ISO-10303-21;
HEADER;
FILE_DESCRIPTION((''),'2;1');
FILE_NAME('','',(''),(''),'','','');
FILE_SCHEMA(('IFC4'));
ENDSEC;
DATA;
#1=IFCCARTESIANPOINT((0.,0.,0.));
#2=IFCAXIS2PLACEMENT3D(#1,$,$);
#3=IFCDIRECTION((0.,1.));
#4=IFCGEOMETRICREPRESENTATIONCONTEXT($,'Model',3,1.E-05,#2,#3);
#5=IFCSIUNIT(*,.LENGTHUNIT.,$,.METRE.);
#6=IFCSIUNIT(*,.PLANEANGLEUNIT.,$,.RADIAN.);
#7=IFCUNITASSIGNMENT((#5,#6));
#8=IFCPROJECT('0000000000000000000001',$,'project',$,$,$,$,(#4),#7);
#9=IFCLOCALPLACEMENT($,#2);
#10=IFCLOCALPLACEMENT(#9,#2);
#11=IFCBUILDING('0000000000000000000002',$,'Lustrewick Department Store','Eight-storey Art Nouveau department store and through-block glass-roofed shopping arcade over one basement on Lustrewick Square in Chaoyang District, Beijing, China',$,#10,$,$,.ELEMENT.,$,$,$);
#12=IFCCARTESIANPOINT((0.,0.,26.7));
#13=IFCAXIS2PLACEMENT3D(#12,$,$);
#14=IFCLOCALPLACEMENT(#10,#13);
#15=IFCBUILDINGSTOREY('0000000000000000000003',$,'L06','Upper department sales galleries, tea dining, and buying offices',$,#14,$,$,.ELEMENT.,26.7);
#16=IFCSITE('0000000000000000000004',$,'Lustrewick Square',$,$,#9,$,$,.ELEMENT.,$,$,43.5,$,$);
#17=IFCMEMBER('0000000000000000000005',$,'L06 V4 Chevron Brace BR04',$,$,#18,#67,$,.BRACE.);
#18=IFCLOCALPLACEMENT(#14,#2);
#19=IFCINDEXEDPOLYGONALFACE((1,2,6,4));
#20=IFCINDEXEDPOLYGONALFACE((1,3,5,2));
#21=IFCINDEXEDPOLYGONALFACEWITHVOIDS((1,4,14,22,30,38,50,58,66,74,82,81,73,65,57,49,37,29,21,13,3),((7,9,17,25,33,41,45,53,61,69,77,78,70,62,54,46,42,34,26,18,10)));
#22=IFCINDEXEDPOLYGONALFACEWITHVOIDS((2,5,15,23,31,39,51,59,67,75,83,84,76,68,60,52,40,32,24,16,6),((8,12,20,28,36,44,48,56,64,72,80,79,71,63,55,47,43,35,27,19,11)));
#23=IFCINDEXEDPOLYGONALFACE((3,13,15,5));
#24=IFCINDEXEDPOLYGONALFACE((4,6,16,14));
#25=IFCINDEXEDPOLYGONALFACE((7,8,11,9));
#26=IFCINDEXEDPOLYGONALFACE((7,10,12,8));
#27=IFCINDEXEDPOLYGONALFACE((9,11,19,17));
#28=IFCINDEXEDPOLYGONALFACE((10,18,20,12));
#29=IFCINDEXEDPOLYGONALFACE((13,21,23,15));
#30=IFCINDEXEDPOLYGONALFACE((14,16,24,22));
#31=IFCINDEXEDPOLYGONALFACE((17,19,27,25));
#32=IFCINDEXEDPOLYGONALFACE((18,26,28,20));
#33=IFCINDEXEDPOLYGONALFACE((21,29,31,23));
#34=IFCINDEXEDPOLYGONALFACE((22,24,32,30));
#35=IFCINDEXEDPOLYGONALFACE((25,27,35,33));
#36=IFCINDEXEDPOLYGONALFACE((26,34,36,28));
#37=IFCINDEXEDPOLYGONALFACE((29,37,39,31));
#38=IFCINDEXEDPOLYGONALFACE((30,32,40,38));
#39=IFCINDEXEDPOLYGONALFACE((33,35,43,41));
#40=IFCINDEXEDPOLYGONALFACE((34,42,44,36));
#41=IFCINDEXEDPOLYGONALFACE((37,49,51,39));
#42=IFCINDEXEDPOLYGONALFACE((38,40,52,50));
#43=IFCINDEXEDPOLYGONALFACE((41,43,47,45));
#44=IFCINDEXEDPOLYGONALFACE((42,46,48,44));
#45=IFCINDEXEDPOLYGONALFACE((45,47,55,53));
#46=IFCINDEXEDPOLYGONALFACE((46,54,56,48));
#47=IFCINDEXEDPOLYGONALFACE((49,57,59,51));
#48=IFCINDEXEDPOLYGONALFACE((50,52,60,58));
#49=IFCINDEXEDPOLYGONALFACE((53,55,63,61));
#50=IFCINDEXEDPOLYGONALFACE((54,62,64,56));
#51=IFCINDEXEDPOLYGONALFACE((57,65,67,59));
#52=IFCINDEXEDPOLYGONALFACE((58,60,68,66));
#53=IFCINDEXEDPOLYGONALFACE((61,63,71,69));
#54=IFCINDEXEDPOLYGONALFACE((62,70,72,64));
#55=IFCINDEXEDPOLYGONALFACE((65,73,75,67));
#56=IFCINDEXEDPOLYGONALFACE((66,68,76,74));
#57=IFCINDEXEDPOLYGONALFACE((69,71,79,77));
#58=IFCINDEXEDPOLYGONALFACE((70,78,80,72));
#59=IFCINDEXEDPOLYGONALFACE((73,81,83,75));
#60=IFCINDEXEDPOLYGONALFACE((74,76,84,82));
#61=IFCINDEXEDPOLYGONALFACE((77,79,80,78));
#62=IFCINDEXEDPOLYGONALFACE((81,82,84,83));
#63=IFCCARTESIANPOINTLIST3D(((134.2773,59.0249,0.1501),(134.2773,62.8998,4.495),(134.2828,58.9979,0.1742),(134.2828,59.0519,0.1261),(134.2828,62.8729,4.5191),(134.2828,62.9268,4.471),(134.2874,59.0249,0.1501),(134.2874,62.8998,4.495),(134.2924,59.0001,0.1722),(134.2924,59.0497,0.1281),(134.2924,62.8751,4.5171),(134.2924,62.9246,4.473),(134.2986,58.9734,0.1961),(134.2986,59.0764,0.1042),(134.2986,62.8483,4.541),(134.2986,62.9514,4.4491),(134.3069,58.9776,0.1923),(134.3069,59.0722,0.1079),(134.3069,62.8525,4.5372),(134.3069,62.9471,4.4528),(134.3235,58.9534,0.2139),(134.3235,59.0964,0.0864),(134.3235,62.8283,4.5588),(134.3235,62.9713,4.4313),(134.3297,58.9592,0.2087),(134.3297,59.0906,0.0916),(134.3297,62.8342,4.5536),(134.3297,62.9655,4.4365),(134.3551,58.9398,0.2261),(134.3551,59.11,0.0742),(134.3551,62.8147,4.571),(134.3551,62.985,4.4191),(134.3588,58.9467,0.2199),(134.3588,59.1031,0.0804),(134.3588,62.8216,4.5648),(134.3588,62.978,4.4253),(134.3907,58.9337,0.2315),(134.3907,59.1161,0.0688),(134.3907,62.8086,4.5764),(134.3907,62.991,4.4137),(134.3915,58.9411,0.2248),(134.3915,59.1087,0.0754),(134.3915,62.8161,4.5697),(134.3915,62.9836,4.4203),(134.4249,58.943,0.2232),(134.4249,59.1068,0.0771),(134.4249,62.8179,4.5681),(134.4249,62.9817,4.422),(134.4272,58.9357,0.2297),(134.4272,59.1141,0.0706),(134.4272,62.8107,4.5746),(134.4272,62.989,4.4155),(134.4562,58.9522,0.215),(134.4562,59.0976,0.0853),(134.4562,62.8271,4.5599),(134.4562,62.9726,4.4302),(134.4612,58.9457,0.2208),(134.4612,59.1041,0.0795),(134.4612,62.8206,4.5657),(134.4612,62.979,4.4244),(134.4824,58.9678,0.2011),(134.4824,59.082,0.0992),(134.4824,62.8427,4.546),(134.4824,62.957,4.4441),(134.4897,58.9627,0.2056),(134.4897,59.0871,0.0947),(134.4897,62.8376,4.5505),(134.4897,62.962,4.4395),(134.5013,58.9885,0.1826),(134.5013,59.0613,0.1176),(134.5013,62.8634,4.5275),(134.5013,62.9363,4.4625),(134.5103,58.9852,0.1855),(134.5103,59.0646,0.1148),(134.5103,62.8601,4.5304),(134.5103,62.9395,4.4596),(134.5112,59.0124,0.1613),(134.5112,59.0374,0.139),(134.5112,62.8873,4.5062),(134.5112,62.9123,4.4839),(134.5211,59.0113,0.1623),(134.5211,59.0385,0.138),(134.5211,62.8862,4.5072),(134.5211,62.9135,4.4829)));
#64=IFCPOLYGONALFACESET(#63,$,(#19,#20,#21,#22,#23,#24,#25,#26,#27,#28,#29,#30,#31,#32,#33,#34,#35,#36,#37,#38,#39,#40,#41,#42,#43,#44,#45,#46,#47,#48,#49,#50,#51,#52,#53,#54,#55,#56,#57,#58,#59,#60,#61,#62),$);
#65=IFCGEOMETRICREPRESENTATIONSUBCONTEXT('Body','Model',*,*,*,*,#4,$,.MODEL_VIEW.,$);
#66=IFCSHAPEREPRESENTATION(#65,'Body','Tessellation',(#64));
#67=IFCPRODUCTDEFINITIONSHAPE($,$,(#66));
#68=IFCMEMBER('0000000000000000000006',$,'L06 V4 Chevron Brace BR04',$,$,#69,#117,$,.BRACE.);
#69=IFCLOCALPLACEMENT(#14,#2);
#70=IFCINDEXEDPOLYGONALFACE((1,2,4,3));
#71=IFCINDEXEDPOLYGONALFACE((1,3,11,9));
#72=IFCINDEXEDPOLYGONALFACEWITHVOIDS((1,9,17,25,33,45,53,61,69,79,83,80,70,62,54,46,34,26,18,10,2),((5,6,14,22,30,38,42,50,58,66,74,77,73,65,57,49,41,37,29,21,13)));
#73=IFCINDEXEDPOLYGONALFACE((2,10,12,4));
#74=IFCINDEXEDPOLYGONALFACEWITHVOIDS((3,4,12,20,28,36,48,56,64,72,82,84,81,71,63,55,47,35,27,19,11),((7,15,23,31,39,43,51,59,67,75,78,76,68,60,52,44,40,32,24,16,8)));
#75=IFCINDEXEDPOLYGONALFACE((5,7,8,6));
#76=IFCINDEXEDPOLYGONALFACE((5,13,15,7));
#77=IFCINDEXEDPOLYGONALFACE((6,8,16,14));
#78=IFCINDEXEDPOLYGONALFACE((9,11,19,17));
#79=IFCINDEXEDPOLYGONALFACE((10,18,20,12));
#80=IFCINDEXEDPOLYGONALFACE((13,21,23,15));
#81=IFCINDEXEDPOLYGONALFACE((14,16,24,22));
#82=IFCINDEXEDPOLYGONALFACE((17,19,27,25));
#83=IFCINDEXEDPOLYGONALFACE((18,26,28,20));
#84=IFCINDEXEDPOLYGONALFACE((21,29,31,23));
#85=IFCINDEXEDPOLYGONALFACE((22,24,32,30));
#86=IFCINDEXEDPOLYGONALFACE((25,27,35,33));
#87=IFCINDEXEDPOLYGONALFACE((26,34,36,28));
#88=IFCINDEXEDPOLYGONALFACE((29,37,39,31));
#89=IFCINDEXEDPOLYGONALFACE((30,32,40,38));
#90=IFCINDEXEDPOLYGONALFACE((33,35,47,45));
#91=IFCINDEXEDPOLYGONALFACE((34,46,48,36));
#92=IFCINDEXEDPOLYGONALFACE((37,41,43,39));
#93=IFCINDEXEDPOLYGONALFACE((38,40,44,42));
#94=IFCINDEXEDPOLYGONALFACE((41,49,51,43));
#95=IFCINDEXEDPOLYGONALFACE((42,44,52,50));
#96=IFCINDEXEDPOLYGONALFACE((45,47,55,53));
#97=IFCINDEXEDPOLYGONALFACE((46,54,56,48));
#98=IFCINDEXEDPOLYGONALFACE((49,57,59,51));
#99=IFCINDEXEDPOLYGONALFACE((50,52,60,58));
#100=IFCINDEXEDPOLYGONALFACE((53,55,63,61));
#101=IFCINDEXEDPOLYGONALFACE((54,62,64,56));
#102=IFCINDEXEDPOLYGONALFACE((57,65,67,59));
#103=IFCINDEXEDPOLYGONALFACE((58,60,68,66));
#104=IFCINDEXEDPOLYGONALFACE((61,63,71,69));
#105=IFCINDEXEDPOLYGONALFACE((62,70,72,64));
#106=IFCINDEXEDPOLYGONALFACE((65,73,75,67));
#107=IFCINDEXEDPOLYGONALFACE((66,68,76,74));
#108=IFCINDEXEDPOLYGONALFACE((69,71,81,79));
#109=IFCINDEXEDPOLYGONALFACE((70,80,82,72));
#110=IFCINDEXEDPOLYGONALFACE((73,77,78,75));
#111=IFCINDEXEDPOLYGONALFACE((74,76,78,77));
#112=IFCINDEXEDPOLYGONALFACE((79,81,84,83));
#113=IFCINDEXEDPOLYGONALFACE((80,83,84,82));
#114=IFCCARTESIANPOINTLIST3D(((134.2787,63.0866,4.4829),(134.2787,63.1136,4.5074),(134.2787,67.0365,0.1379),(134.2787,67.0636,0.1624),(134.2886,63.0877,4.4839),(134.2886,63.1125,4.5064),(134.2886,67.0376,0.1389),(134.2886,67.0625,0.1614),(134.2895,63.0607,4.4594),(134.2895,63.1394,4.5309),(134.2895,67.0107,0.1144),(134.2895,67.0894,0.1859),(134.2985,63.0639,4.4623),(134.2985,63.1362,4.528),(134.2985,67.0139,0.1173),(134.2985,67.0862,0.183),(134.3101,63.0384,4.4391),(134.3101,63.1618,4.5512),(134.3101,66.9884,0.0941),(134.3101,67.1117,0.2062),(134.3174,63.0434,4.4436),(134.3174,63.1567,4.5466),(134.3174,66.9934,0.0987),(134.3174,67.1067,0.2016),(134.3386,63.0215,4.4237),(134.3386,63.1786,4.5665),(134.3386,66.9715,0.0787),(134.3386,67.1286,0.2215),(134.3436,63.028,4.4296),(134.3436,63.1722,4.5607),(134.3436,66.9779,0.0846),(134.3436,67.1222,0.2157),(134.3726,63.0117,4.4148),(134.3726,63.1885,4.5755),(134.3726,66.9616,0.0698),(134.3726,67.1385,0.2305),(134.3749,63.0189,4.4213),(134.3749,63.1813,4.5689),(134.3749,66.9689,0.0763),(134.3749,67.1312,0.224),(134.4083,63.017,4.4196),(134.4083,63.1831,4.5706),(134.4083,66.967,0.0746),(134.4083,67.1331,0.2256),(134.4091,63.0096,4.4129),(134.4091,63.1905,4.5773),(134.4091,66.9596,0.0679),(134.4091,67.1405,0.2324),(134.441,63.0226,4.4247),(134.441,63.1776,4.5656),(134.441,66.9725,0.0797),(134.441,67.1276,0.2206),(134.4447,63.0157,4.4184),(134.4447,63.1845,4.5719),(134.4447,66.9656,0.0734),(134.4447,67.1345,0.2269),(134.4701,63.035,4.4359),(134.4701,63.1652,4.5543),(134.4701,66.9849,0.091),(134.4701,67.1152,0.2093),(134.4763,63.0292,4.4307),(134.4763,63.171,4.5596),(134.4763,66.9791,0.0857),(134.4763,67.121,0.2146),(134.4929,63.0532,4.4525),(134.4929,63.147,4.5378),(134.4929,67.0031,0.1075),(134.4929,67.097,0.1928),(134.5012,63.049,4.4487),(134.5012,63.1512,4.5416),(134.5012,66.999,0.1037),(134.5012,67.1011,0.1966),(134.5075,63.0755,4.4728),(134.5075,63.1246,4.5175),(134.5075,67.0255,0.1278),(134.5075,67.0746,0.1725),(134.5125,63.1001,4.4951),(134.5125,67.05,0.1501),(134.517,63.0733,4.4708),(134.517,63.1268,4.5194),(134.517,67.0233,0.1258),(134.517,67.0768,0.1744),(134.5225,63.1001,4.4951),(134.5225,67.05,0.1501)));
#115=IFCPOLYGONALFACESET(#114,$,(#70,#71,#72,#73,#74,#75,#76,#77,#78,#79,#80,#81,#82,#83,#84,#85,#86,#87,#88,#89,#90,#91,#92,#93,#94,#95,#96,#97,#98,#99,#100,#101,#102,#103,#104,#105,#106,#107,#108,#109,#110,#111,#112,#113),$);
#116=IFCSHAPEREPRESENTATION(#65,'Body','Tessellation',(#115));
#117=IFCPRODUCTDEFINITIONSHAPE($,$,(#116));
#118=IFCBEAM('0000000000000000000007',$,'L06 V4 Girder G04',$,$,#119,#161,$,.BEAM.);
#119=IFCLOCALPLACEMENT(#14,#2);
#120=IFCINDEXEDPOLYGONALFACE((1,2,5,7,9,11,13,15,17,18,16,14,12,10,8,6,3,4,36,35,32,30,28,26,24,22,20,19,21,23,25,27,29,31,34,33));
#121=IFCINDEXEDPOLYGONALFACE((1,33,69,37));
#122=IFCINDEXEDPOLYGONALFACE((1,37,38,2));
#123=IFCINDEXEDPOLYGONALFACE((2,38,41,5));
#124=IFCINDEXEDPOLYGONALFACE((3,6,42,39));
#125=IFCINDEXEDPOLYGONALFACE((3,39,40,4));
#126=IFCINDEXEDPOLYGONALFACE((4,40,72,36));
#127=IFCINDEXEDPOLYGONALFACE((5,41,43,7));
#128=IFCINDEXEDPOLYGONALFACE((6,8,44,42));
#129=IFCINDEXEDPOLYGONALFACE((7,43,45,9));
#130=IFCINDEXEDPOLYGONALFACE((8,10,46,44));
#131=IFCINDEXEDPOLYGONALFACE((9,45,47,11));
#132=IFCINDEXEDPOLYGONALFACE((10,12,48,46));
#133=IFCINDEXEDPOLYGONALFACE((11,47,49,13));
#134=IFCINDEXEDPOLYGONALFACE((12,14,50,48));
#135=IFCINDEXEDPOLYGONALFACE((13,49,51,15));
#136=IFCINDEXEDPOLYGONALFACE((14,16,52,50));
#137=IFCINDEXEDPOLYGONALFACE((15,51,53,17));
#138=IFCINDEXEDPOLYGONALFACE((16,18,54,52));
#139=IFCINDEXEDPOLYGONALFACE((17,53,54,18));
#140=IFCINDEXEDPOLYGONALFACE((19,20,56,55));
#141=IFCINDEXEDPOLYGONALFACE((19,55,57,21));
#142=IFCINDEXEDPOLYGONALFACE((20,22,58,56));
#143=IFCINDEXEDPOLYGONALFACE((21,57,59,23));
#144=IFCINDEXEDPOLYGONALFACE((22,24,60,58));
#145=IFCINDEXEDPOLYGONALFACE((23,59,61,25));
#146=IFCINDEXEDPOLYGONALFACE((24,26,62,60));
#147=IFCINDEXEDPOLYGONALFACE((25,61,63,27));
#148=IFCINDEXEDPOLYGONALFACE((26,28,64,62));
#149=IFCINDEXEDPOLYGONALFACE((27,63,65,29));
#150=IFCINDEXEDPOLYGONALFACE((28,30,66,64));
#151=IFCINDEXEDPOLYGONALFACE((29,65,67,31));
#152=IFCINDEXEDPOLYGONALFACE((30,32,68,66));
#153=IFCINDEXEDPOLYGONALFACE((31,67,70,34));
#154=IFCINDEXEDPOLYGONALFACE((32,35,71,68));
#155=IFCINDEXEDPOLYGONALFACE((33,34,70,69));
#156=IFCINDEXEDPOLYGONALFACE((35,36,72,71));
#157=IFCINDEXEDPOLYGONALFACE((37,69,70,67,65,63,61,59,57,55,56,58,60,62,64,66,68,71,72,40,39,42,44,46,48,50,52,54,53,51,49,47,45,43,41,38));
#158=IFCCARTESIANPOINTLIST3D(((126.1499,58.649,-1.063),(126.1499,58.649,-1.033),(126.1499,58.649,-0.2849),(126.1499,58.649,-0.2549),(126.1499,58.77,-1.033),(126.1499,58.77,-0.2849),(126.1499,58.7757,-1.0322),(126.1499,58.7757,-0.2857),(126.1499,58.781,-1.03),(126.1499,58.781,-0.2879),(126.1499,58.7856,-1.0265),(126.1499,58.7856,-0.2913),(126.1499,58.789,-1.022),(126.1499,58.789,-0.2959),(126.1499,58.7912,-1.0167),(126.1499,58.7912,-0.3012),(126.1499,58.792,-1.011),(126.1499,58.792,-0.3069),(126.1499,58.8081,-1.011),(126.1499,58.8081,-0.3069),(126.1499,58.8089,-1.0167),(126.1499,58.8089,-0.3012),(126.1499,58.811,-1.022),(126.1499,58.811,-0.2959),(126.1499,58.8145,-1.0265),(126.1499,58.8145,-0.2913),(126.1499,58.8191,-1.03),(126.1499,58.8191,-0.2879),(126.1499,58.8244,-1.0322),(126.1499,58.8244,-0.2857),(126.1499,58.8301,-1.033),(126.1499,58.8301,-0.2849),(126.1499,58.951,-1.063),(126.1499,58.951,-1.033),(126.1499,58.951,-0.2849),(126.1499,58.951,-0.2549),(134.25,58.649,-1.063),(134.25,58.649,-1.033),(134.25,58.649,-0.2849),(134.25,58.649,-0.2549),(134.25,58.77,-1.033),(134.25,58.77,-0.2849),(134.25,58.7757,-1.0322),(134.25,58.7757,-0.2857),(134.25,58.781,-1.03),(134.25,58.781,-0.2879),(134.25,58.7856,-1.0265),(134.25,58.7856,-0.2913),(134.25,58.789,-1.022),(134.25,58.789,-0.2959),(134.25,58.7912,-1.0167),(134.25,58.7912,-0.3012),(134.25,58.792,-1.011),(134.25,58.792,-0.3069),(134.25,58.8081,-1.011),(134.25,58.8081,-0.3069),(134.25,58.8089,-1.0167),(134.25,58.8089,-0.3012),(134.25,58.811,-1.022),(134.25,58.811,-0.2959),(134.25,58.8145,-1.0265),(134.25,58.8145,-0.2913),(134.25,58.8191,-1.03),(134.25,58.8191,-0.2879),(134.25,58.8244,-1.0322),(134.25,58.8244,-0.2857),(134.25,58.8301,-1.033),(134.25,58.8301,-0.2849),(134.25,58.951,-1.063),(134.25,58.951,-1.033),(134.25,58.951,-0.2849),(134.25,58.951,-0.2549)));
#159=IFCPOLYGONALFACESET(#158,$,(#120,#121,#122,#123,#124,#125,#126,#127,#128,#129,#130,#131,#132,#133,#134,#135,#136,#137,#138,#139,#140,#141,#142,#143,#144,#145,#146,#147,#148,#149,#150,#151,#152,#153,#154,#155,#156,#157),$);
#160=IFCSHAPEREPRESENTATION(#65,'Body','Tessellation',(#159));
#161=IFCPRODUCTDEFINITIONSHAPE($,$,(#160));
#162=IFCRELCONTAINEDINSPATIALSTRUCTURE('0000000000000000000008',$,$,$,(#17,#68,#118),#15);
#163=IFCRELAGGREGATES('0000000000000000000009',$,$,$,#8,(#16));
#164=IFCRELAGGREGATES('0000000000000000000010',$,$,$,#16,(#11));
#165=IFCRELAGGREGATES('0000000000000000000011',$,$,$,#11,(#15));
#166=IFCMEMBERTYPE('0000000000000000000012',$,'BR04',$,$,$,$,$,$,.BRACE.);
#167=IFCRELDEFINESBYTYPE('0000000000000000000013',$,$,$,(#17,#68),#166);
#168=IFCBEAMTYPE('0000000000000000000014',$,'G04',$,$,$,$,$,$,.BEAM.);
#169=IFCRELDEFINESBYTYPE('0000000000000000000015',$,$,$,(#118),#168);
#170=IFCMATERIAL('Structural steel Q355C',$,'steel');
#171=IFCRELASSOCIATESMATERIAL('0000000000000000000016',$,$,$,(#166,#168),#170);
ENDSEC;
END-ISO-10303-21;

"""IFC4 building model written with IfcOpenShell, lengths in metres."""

from ifc_helpers import new_model, si_unit, direction, frame, origin, origin_2d, place, context, subcontext, project, spatial, hollow_circle, i_section, extrude, material, material_profile, profile_set, type_object, element, save


model = new_model("IFC4")

# Units and contexts
model_context = context("Model", 3, precision=1e-05, world=origin(), true_north=direction((0.0, 1.0)))
body_context = subcontext(model_context, "Body", "Model", "MODEL_VIEW")
ifc_project = project(units=[si_unit("LENGTHUNIT", "METRE"), si_unit("PLANEANGLEUNIT", "RADIAN")], contexts=[model_context])

# Site, building, storey
site_placement = place(None, origin())
site = spatial("IfcSite", under=ifc_project, at=site_placement, Name="Lustrewick Square", CompositionType="ELEMENT", RefElevation=43.5)
building_placement = place(site_placement, origin())
building = spatial("IfcBuilding", under=site, at=building_placement, Name="Lustrewick Department Store", Description="Eight-storey Art Nouveau department store and through-block glass-roofed shopping arcade over one basement on Lustrewick Square in Chaoyang District, Beijing, China", CompositionType="ELEMENT")
storey_placement = place(building_placement, frame((0.0, 0.0, 26.7)))
storey = spatial("IfcBuildingStorey", under=building, at=storey_placement, Name="L06", Description="Upper department sales galleries, tea dining, and buying offices", CompositionType="ELEMENT", Elevation=26.7)

# Members
ifc_material_1 = material(Name="Structural steel Q355C", Category="steel")
ifc_material_profile_1 = material_profile(ifc_material_1, hollow_circle(Radius=0.1226, WallThickness=0.01, at=origin_2d()), Name="CHS 245x10")
ifc_profile_set_1 = profile_set([ifc_material_profile_1], Name="Structural steel Q355C")
member_type = type_object("IfcMemberType", Name="BR04", PredefinedType="BRACE", material=ifc_profile_set_1)
member_1_placement = place(storey_placement, frame((134.3999, 59.0249, 0.1501), z_axis=(0.0, 0.665591, 0.746316), x_axis=(-1.0, 0.0, 0.0)))
element("IfcMember", 1, at=member_1_placement, inside=storey, type_object=member_type, Name="L06 V4 Chevron Brace BR04", PredefinedType="BRACE", context=body_context, shape_type="SweptSolid", body=[
    extrude(hollow_circle(Radius=0.1226, WallThickness=0.01, at=origin_2d()), origin(), (0.0, 0.0, 1.0), 5.8218),
])
member_2_placement = place(storey_placement, frame((134.3999, 67.05, 0.1501), z_axis=(0.0, -0.672671, 0.739942), x_axis=(1.0, 0.0, 0.0)))
element("IfcMember", 2, at=member_2_placement, inside=storey, type_object=member_type, Name="L06 V4 Chevron Brace BR04", PredefinedType="BRACE", context=body_context, shape_type="SweptSolid", body=[
    extrude(hollow_circle(Radius=0.1226, WallThickness=0.01, at=origin_2d()), origin(), (0.0, 0.0, 1.0), 5.8721),
])

# Beam
ifc_material_profile_2 = material_profile(ifc_material_1, i_section(OverallWidth=0.302, OverallDepth=0.8081, WebThickness=0.0161, FlangeThickness=0.03, FilletRadius=0.022, at=origin_2d()), Name="HN 808x302x16x30")
ifc_profile_set_2 = profile_set([ifc_material_profile_2], Name="Structural steel Q355C")
beam_type_1 = type_object("IfcBeamType", Name="G04", PredefinedType="BEAM", material=ifc_profile_set_2)
beam_1_placement = place(storey_placement, frame((126.1499, 58.8, -0.6589), z_axis=(1.0, 0.0, 0.0), x_axis=(0.0, 1.0, 0.0)))
element("IfcBeam", 3, at=beam_1_placement, inside=storey, type_object=beam_type_1, Name="L06 V4 Girder G04", PredefinedType="BEAM", context=body_context, shape_type="SweptSolid", body=[
    extrude(i_section(OverallWidth=0.302, OverallDepth=0.8081, WebThickness=0.0161, FlangeThickness=0.03, FilletRadius=0.022, at=origin_2d()), origin(), (0.0, 0.0, 1.0), 8.1001),
])

save(model, "model.ifc")
